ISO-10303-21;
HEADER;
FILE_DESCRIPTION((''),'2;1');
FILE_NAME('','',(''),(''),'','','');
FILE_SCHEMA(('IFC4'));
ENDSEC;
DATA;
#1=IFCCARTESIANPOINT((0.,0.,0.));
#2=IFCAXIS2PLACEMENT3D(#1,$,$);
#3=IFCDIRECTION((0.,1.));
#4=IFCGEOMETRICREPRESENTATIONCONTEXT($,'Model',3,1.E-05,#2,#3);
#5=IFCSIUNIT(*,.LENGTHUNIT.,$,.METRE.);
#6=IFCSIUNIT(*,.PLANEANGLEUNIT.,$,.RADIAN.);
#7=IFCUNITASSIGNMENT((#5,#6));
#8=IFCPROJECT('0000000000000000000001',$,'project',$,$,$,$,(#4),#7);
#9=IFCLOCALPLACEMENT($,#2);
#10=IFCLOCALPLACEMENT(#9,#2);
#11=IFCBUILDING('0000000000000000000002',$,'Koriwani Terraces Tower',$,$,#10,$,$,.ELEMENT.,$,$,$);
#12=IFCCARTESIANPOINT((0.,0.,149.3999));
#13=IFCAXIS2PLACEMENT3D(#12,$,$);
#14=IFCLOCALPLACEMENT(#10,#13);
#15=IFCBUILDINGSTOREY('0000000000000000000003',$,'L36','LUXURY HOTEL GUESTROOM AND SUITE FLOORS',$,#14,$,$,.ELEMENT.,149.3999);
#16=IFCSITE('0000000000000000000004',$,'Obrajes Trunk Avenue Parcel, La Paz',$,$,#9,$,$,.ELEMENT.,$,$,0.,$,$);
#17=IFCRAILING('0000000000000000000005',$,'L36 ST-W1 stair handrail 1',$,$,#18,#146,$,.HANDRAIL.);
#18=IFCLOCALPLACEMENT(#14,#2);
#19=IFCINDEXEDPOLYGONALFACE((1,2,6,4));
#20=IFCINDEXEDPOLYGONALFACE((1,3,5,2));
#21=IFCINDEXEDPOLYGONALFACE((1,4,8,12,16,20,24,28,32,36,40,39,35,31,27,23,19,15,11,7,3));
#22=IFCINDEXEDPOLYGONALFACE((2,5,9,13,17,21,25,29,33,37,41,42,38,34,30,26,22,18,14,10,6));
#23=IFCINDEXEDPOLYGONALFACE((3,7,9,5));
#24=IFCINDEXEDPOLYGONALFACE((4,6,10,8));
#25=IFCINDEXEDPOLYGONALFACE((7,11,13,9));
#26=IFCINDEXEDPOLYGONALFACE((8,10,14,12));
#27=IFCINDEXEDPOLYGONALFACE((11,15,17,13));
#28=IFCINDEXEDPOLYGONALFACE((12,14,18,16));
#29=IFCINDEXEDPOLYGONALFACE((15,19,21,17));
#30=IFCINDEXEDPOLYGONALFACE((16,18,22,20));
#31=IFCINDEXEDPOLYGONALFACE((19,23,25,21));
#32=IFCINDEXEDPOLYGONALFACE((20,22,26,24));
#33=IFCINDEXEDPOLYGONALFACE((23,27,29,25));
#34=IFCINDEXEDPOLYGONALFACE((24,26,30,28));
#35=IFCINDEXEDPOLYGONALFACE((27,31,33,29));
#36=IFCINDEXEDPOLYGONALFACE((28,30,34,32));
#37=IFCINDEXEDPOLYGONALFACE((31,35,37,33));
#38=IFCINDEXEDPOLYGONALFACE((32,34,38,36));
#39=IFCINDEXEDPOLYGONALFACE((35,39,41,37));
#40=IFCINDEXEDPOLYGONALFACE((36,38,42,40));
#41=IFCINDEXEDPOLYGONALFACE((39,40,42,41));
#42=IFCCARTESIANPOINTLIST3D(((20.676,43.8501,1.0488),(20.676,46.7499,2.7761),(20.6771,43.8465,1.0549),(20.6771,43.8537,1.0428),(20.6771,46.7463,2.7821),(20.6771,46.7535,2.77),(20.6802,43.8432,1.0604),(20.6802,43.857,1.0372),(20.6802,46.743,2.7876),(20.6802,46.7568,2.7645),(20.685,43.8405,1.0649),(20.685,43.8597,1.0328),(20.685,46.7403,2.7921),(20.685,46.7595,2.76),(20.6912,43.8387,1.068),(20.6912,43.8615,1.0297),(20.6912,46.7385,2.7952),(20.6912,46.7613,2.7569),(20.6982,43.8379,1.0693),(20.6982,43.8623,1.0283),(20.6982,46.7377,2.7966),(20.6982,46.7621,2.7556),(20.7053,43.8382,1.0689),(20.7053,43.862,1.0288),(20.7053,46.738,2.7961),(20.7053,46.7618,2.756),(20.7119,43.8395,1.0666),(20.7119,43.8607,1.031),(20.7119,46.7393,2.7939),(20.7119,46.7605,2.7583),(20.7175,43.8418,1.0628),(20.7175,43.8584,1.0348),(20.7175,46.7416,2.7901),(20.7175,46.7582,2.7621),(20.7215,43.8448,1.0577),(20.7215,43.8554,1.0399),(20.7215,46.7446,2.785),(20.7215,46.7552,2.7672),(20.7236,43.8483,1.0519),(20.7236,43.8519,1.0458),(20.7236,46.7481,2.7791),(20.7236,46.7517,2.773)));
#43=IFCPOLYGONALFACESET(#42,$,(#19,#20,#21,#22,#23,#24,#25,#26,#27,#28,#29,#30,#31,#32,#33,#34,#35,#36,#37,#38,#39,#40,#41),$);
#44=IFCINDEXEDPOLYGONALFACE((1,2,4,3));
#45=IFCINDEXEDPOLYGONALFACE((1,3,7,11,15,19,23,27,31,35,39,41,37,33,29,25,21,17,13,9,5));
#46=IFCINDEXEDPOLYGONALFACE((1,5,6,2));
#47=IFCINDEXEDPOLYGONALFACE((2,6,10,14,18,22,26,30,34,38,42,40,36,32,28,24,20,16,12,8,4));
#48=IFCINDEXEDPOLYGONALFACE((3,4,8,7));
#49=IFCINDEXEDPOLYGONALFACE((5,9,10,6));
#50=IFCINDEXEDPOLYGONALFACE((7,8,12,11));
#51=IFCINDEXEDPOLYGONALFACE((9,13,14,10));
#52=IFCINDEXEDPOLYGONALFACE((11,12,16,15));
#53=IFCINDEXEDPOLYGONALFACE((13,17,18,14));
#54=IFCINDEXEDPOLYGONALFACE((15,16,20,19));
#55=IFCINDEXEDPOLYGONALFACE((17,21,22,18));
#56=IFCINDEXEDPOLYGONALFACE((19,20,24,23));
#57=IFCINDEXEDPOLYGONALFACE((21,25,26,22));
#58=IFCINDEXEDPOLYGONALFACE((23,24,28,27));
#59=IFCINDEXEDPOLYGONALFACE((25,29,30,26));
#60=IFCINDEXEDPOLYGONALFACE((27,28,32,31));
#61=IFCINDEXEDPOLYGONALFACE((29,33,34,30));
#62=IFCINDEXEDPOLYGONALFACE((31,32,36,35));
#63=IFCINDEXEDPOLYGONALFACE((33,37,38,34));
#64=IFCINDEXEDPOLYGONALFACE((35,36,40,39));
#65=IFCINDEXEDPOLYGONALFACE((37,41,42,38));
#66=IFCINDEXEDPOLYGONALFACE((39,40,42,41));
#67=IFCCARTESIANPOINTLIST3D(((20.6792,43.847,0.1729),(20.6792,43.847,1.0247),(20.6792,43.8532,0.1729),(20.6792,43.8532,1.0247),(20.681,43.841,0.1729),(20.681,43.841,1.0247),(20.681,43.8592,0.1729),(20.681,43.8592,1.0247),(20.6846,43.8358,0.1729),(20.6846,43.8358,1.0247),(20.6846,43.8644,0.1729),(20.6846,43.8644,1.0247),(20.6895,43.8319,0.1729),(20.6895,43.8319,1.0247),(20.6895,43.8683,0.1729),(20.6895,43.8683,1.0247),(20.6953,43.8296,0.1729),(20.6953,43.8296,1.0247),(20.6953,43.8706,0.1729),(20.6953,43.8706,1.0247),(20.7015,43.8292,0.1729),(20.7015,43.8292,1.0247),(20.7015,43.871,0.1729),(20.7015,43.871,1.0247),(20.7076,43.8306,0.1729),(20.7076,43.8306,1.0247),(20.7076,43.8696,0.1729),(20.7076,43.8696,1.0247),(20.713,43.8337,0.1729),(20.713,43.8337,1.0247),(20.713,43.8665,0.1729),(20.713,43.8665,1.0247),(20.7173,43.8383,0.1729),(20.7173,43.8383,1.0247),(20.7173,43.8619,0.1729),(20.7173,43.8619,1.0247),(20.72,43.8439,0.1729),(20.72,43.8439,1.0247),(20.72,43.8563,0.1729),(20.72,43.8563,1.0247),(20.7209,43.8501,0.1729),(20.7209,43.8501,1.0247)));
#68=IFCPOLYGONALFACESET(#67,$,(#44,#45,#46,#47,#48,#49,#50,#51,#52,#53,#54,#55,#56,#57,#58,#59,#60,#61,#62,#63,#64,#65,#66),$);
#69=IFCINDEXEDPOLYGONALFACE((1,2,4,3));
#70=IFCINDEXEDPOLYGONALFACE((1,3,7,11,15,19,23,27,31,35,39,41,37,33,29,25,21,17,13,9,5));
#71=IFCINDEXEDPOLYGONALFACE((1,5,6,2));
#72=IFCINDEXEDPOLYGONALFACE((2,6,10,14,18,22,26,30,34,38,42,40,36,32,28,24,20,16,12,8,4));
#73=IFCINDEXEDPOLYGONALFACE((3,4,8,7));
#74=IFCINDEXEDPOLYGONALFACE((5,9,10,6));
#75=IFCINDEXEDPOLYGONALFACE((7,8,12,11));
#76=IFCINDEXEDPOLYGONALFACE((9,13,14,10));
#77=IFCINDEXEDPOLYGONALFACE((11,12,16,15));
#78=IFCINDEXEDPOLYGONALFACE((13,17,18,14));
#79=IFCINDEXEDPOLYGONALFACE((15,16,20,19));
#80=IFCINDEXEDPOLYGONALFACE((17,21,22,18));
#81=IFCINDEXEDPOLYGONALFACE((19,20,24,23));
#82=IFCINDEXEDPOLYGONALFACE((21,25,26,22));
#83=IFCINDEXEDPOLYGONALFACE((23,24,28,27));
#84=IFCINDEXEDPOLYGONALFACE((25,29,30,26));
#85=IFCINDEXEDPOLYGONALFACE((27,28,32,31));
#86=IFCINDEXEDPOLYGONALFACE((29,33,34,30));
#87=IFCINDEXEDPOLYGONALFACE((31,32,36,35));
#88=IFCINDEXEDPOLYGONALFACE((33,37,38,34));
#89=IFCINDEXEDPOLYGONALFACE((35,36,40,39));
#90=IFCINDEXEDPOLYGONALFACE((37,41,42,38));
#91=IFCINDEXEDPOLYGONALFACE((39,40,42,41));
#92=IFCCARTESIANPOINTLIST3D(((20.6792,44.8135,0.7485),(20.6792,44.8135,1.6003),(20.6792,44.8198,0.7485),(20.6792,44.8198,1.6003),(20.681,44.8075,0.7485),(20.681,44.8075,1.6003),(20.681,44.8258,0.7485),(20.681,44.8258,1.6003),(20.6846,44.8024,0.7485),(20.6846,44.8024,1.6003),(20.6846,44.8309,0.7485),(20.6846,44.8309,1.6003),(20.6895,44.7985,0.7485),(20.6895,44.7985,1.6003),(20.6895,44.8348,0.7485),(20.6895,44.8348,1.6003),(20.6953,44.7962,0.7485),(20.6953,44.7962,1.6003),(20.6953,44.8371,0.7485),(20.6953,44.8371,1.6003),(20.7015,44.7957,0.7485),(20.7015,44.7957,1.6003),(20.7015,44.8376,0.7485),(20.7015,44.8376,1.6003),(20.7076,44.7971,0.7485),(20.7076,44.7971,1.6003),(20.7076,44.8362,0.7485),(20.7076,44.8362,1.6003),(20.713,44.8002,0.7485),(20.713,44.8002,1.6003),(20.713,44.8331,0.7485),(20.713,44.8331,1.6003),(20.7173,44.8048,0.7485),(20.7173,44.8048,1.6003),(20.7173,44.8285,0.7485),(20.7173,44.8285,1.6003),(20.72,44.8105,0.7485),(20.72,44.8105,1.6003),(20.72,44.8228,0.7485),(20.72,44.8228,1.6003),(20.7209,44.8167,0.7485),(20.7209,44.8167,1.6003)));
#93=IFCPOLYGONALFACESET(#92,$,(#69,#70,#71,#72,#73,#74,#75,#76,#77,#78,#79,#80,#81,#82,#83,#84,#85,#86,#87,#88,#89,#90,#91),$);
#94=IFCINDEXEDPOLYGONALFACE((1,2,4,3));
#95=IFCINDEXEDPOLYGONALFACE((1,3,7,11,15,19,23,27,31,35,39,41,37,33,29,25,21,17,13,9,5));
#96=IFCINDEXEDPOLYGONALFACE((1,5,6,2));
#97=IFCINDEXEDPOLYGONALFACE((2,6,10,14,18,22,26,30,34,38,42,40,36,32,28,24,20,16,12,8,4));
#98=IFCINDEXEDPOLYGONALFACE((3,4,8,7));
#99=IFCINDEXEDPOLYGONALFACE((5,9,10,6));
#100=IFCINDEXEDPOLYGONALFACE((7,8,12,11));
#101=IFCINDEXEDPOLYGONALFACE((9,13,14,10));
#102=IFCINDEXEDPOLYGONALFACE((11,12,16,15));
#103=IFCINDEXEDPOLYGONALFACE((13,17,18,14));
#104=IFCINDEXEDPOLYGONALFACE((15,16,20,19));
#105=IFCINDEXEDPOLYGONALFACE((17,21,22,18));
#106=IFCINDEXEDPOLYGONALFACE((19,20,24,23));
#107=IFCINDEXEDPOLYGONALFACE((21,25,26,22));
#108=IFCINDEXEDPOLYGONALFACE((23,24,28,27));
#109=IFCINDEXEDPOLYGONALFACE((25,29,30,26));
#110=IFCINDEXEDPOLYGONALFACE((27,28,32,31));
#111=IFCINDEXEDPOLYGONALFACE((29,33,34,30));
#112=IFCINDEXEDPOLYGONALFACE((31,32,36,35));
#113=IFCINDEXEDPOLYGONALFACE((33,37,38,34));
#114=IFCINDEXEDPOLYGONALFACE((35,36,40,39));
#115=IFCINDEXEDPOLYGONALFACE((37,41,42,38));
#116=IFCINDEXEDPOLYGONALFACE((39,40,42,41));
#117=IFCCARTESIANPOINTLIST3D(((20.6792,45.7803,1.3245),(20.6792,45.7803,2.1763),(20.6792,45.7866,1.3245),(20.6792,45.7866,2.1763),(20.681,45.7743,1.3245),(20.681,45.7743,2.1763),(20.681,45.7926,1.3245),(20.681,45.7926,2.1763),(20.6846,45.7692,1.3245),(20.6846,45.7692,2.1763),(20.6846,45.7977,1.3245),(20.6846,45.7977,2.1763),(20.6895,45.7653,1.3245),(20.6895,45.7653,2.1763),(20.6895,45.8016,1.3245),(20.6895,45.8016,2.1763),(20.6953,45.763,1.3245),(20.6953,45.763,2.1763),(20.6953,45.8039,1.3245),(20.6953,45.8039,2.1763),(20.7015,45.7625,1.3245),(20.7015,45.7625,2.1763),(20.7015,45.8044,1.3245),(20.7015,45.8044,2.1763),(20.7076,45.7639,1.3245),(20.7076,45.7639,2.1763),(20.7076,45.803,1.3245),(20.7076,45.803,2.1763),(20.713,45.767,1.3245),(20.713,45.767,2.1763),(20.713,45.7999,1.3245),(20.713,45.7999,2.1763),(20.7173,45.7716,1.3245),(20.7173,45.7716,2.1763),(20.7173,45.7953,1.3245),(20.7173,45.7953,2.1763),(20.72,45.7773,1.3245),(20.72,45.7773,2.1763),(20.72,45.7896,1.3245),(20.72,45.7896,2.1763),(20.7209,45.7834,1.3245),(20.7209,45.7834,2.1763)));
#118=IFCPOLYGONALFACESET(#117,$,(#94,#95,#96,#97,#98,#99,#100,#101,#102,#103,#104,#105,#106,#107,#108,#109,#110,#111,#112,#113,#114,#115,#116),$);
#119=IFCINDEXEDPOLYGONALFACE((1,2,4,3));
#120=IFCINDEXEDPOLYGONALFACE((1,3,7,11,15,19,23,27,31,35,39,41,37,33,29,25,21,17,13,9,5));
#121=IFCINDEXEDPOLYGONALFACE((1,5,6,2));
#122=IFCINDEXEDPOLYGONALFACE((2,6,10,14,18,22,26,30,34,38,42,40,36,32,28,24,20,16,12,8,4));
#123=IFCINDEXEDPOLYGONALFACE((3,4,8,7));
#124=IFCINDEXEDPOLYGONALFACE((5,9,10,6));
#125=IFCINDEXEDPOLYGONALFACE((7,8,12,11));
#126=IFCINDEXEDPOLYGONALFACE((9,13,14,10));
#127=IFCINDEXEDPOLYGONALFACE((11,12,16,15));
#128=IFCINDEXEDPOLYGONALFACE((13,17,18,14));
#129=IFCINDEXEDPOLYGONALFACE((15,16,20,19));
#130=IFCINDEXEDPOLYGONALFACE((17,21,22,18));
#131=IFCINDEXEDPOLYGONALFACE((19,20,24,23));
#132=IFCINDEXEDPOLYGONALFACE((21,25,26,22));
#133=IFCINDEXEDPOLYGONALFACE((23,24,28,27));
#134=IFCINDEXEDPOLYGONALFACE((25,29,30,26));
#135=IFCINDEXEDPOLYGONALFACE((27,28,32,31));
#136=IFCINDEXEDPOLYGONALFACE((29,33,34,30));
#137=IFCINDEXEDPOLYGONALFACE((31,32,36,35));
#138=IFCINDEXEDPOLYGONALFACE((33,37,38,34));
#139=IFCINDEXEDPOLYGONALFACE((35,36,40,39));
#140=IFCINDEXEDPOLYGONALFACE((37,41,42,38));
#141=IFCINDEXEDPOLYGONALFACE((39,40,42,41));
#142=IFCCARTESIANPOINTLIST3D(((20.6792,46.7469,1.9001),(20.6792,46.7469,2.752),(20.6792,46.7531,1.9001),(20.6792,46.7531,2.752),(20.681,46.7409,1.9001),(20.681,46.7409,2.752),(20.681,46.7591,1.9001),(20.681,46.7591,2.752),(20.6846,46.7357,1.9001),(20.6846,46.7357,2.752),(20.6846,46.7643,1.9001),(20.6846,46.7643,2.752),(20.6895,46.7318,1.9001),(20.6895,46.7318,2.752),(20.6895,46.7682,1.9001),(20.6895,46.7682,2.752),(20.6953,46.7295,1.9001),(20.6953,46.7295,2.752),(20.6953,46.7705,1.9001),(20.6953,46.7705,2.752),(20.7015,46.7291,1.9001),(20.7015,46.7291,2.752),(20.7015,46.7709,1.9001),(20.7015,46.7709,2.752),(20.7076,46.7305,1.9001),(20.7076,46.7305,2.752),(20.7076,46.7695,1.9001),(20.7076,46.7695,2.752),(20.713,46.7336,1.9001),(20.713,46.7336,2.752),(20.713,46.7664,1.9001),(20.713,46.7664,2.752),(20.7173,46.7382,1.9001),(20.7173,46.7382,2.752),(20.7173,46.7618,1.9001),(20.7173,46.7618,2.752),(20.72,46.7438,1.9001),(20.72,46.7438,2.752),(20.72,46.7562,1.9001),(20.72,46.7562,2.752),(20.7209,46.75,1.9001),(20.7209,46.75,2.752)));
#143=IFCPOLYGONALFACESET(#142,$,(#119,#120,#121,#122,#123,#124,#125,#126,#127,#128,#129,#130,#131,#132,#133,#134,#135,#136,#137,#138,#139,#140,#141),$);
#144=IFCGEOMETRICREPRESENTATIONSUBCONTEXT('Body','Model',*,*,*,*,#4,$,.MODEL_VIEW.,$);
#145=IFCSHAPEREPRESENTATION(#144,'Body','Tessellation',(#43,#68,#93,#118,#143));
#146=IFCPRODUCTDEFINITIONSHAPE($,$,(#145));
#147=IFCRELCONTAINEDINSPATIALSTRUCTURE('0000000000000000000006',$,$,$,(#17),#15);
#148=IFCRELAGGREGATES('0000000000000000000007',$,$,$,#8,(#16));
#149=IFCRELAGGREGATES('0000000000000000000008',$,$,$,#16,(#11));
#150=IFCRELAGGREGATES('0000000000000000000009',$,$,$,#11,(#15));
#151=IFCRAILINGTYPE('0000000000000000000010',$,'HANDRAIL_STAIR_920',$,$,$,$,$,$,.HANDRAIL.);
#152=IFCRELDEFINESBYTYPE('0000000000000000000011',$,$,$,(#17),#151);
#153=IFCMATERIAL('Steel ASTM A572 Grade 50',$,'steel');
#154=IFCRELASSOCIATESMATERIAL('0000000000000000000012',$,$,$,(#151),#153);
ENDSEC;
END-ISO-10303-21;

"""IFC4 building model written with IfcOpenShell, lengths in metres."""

from ifc_helpers import new_model, si_unit, direction, frame, origin, origin_2d, place, context, subcontext, project, spatial, circle, extrude, material, type_object, element, save


model = new_model("IFC4")

# Units and contexts
model_context = context("Model", 3, precision=1e-05, world=origin(), true_north=direction((0.0, 1.0)))
body_context = subcontext(model_context, "Body", "Model", "MODEL_VIEW")
ifc_project = project(units=[si_unit("LENGTHUNIT", "METRE"), si_unit("PLANEANGLEUNIT", "RADIAN")], contexts=[model_context])

# Site, building, storey
site_placement = place(None, origin())
site = spatial("IfcSite", under=ifc_project, at=site_placement, Name="Obrajes Trunk Avenue Parcel, La Paz", CompositionType="ELEMENT", RefElevation=0.0)
building_placement = place(site_placement, origin())
building = spatial("IfcBuilding", under=site, at=building_placement, Name="Koriwani Terraces Tower", CompositionType="ELEMENT")
storey_placement = place(building_placement, frame((0.0, 0.0, 149.3999)))
storey = spatial("IfcBuildingStorey", under=building, at=storey_placement, Name="L36", Description="LUXURY HOTEL GUESTROOM AND SUITE FLOORS", CompositionType="ELEMENT", Elevation=149.3999)

# Shared definitions
ifc_material_1 = material(Name="Steel ASTM A572 Grade 50", Category="steel")

# Railing
railing_type = type_object("IfcRailingType", Name="HANDRAIL_STAIR_920", PredefinedType="HANDRAIL", material=ifc_material_1)
railing_placement = place(storey_placement, frame((20.7, 43.8501, 0.1729)))
element("IfcRailing", 1, at=railing_placement, inside=storey, type_object=railing_type, Name="L36 ST-W1 stair handrail 1", PredefinedType="HANDRAIL", context=body_context, shape_type="SweptSolid", body=[
    extrude(circle(Radius=0.0239, at=origin_2d()), frame((0.0, 0.0, 0.876), z_axis=(0.0, 0.859141, 0.511738), x_axis=(-1.0, 0.0, 0.0)), (0.0, 0.0, 1.0), 3.3752),
    extrude(circle(Radius=0.021, at=origin_2d()), origin(), (0.0, 0.0, 1.0), 0.8518),
    extrude(circle(Radius=0.021, at=origin_2d()), frame((0.0, 0.9666, 0.5757)), (0.0, 0.0, 1.0), 0.8518),
    extrude(circle(Radius=0.021, at=origin_2d()), frame((0.0, 1.9333, 1.1516)), (0.0, 0.0, 1.0), 0.8518),
    extrude(circle(Radius=0.021, at=origin_2d()), frame((0.0, 2.8999, 1.7273)), (0.0, 0.0, 1.0), 0.8518),
])

save(model, "model.ifc")
